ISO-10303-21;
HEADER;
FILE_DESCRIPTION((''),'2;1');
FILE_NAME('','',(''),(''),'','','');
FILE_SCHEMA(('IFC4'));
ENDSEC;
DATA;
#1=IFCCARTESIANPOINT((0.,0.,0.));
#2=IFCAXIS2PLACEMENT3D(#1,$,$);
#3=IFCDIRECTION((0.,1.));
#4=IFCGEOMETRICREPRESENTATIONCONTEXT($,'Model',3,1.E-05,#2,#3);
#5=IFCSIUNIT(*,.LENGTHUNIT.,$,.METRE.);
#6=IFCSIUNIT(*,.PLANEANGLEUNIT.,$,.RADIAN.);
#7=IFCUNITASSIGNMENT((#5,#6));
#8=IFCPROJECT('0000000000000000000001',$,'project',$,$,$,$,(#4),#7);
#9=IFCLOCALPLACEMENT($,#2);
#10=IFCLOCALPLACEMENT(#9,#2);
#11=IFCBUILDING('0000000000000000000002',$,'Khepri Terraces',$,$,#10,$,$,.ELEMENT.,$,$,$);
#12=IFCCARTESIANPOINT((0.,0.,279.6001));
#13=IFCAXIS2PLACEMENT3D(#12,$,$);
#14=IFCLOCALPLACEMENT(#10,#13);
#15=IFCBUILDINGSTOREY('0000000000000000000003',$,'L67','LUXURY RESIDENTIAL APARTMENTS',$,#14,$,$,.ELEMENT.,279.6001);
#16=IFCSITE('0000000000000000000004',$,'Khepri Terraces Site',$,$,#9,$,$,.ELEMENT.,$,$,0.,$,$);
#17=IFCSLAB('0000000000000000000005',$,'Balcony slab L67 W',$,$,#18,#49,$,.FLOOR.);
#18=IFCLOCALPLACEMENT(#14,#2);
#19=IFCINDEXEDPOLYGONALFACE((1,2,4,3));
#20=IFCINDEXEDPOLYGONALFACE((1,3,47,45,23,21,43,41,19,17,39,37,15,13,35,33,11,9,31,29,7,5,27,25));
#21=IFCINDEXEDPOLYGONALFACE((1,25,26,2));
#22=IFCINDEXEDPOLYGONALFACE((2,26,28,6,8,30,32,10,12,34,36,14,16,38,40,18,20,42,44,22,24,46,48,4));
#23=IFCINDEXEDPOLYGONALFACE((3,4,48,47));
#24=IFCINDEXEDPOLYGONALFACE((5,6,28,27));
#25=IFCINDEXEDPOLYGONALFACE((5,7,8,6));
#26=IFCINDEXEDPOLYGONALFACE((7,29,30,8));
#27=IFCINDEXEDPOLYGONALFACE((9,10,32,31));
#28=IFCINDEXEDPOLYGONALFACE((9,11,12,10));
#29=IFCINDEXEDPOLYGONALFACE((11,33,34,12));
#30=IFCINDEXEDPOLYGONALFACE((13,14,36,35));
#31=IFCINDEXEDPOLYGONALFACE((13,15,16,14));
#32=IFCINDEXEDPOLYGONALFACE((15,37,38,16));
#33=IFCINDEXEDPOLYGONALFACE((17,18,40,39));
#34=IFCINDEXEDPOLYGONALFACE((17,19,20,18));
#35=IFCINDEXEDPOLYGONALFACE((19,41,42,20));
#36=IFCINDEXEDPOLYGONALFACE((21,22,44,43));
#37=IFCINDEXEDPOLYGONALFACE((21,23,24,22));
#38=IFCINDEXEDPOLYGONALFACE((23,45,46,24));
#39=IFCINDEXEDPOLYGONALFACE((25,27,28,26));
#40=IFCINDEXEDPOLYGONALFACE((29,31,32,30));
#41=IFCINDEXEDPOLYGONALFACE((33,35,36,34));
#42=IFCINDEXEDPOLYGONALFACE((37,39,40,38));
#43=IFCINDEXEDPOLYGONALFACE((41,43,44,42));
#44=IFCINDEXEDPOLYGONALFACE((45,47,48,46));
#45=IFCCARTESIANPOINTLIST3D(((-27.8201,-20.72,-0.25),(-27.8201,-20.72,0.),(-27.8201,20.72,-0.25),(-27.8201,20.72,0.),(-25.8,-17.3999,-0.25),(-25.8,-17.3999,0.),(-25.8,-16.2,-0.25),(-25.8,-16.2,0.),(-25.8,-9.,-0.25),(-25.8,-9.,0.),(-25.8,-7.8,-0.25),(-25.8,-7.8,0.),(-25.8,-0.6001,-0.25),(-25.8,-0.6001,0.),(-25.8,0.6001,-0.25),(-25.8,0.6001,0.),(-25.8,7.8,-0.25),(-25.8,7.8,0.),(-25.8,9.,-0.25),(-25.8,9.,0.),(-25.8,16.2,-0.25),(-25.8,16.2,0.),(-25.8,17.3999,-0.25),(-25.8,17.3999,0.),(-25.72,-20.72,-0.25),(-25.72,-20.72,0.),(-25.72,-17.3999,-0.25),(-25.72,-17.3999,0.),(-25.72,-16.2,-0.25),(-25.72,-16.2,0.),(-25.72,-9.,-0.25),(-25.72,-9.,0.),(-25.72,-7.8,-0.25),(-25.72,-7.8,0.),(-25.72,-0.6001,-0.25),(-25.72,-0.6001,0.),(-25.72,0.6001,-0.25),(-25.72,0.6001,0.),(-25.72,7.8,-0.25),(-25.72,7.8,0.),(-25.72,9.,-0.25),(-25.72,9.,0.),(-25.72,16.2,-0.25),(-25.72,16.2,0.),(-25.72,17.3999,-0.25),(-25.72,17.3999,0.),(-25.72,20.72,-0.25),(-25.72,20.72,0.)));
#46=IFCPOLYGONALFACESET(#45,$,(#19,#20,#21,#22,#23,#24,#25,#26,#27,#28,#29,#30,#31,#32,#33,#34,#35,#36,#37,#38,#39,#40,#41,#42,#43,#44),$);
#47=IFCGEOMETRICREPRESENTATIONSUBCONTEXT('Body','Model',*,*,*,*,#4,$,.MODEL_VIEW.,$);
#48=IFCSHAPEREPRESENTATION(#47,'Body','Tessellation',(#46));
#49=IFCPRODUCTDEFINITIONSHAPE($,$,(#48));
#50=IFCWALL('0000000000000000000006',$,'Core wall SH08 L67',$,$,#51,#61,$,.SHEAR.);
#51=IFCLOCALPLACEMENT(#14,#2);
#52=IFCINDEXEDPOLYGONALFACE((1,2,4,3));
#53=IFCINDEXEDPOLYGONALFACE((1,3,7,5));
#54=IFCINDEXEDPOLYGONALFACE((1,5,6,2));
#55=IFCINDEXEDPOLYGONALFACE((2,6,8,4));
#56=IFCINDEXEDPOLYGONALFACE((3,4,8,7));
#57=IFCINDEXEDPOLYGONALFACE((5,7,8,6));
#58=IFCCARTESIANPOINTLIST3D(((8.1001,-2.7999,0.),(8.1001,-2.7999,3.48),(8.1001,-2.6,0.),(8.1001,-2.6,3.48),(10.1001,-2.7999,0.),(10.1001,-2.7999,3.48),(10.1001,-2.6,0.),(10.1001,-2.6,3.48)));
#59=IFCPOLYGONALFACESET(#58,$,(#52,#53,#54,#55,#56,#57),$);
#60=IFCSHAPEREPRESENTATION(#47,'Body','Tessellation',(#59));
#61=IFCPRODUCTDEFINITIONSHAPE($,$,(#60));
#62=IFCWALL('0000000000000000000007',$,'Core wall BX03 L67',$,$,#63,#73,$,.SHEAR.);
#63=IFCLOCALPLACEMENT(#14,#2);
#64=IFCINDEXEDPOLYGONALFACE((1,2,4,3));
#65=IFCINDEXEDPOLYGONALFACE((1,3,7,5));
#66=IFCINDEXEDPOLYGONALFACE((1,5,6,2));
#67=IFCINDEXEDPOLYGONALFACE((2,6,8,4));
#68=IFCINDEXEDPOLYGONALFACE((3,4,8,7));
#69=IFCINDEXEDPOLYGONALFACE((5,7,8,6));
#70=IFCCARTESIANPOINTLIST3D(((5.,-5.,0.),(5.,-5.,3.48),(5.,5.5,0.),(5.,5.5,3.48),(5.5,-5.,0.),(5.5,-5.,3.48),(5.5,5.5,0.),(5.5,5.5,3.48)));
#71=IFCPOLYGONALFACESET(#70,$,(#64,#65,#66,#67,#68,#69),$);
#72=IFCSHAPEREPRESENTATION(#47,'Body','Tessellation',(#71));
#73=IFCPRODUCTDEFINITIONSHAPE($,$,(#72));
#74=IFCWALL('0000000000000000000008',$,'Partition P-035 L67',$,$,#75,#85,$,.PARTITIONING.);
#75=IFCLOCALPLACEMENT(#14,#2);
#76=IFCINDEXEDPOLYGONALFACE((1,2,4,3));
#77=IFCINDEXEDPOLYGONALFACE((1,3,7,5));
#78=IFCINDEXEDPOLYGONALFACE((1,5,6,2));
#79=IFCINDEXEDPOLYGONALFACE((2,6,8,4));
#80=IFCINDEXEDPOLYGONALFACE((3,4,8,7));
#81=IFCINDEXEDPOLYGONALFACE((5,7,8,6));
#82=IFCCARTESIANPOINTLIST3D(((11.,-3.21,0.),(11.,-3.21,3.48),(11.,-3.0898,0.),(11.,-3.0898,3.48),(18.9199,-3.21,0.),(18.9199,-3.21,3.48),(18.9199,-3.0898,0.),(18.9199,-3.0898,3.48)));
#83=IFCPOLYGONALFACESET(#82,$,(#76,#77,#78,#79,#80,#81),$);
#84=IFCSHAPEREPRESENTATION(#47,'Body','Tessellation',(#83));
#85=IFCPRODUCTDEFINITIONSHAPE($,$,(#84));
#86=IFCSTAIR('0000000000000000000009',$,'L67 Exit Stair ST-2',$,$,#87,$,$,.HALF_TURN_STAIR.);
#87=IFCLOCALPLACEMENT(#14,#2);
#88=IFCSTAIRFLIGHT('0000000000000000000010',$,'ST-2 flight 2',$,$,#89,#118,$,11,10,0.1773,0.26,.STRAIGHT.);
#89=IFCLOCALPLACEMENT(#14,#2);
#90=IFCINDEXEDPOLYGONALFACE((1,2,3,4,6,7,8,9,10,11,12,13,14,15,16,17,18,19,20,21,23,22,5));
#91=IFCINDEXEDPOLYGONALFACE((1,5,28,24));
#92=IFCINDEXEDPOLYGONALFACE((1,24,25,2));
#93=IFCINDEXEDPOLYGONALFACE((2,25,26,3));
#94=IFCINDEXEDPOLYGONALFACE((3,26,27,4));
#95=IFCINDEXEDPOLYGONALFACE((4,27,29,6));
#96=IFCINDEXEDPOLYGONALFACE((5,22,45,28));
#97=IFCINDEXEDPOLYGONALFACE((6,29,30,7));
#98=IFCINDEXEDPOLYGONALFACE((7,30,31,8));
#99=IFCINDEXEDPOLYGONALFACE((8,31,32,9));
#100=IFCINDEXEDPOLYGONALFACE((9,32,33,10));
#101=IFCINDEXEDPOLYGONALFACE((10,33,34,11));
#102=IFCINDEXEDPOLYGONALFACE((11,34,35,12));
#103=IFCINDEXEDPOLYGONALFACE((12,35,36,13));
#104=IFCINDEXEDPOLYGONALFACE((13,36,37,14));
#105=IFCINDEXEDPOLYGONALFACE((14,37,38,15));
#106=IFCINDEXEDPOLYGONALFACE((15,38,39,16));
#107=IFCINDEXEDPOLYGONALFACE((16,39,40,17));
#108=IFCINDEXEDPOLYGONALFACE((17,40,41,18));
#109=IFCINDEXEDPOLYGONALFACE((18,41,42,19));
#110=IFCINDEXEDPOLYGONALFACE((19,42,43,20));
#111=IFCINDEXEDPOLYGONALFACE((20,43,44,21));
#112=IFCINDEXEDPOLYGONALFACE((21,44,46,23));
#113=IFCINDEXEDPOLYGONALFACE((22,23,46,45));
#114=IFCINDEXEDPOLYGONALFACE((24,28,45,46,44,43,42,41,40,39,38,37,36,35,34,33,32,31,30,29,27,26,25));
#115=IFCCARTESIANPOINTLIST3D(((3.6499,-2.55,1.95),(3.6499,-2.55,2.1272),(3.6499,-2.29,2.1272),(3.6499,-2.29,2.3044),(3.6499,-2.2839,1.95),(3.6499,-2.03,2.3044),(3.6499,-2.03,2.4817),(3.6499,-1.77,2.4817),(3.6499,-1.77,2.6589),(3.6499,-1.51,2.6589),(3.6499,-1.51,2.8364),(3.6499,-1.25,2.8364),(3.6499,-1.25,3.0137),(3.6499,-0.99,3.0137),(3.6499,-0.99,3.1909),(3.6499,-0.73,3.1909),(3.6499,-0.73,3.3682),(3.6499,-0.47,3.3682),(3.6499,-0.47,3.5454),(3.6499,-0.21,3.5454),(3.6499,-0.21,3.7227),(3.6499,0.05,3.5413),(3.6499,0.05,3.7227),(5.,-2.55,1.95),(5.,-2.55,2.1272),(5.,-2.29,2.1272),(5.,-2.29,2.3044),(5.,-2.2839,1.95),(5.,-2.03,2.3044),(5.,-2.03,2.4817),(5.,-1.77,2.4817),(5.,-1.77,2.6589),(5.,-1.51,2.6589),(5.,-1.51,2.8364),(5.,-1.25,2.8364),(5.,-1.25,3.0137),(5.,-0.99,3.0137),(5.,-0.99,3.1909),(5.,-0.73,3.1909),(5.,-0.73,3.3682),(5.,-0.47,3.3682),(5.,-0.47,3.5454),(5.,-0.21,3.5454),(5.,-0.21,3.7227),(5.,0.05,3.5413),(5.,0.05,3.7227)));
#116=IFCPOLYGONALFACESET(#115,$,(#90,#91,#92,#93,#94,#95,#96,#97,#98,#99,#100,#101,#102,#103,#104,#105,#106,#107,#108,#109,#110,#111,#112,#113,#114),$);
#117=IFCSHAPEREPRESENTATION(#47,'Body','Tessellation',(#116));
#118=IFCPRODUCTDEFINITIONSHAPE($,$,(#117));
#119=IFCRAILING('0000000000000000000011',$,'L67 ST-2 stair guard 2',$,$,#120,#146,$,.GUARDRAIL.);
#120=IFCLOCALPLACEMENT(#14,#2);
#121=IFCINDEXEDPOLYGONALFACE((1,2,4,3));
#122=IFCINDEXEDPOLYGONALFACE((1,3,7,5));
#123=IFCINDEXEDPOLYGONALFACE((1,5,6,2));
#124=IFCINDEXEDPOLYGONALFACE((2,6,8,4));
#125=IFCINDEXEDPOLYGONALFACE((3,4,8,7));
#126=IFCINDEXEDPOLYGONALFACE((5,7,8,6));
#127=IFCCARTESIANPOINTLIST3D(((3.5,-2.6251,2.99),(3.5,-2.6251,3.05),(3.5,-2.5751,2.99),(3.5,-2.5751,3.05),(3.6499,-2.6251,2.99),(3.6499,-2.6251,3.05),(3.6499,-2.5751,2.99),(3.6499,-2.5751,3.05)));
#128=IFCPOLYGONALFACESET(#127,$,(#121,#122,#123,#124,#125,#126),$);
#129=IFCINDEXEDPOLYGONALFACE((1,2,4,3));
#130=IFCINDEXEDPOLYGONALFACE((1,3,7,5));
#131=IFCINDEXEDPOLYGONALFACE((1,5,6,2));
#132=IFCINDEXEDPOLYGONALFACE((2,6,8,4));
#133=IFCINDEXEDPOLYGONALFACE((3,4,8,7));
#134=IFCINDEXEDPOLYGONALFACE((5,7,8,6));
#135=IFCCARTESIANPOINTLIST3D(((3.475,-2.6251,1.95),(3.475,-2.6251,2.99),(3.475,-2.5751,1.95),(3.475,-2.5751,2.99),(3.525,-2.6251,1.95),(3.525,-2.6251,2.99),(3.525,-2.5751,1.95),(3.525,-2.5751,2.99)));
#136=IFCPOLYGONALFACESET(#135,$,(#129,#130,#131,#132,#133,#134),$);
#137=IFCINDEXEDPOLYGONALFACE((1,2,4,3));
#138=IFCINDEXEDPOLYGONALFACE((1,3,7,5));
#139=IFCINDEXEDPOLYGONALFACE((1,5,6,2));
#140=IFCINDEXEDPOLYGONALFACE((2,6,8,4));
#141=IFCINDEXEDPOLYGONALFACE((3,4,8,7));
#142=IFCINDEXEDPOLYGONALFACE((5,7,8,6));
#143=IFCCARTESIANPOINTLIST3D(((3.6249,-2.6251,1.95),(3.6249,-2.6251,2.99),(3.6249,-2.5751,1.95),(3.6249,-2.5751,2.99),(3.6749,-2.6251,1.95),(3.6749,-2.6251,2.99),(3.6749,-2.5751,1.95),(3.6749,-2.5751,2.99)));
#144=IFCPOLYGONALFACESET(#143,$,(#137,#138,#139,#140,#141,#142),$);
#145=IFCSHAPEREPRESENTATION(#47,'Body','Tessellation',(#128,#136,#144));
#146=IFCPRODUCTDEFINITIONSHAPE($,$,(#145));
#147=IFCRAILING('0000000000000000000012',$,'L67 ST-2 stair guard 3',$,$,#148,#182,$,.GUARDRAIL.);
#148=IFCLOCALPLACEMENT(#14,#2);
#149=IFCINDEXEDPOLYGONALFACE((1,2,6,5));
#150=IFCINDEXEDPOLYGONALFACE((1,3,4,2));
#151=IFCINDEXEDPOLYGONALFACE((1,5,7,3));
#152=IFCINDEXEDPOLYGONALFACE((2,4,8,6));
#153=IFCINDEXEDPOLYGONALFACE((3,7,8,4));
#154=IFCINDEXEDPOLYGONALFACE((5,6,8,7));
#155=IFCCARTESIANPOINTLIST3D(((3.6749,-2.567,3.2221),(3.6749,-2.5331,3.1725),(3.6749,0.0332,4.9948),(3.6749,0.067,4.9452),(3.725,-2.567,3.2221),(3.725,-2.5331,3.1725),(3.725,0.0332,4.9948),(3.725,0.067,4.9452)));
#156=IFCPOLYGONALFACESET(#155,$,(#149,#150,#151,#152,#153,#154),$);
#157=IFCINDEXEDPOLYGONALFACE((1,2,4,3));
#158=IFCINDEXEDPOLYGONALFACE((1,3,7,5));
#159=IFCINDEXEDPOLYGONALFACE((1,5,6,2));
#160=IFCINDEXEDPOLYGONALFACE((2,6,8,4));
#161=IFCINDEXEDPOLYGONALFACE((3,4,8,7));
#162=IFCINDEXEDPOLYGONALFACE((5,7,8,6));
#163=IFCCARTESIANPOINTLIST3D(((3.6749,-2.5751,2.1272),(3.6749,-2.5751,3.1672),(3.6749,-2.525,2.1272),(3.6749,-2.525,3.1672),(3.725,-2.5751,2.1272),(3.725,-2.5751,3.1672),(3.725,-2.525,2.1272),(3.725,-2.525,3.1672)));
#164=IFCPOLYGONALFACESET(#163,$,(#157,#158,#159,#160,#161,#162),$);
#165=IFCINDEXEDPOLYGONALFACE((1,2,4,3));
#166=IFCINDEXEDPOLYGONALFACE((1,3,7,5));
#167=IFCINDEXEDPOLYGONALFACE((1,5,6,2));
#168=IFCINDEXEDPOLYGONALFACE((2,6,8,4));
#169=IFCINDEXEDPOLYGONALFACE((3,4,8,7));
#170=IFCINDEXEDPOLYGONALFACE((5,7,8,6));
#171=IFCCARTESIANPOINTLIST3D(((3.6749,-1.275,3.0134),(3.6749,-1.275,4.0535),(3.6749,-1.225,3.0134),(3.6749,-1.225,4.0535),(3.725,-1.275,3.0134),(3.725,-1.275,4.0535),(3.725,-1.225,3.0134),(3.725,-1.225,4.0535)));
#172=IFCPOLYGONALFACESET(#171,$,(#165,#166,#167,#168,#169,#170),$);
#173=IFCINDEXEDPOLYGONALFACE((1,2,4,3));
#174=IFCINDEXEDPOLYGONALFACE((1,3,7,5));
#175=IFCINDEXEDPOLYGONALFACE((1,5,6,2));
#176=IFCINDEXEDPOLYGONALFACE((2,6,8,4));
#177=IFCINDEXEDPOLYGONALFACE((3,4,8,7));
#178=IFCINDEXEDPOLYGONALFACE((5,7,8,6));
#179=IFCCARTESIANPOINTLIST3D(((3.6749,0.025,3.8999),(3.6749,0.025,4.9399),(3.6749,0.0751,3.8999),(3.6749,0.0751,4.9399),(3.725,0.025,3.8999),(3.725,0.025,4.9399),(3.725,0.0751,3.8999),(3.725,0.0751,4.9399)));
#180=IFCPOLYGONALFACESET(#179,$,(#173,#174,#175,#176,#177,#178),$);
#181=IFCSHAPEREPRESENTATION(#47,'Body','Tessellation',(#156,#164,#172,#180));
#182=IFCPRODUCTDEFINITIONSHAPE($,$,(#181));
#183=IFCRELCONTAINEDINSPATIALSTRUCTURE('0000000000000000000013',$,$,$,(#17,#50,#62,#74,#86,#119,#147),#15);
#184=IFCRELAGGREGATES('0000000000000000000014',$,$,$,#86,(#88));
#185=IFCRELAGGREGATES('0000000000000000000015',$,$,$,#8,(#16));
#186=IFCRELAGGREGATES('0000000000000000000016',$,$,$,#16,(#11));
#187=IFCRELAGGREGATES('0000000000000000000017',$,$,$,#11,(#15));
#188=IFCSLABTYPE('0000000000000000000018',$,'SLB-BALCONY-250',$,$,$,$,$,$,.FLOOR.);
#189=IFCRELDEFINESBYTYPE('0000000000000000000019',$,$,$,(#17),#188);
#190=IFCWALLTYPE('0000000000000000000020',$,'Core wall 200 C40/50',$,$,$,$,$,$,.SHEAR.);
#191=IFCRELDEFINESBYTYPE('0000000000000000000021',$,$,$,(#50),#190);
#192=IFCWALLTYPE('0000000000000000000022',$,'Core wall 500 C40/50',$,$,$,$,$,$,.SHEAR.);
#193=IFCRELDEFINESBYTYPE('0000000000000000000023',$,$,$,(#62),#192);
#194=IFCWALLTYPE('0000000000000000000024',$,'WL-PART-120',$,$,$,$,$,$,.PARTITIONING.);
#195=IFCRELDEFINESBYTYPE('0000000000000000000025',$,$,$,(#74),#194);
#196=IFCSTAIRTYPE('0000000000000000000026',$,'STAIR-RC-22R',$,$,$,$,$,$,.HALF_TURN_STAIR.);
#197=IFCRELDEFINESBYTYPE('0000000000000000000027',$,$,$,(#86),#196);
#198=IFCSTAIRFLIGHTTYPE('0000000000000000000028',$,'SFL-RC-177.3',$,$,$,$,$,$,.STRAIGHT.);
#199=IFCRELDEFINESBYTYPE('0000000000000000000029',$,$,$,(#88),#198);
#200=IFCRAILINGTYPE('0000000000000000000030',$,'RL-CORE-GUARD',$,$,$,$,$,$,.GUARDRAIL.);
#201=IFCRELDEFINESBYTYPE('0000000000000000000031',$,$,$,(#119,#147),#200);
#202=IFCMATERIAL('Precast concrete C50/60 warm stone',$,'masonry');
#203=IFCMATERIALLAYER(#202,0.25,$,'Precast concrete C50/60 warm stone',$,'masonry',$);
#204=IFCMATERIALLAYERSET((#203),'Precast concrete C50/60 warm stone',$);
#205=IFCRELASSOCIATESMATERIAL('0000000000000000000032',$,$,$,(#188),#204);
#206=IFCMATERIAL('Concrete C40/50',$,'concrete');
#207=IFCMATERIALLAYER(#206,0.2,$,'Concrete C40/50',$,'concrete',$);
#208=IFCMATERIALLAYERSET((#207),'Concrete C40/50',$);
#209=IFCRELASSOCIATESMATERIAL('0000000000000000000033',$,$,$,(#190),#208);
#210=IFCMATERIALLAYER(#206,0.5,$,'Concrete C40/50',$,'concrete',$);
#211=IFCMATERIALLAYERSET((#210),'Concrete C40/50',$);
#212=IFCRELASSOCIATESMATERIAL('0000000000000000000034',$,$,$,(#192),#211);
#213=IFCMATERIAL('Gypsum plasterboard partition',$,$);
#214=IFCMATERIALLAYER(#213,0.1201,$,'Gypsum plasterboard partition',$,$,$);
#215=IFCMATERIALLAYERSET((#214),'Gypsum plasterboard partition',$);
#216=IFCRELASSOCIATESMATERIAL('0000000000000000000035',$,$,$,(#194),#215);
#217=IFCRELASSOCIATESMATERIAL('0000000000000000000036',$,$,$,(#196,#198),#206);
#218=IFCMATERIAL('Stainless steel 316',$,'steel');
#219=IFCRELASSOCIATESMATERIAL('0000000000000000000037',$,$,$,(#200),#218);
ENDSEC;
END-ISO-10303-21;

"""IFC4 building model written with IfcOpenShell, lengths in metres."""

from ifc_helpers import new_model, si_unit, direction, frame, frame_2d, origin, origin_2d, place, context, subcontext, project, spatial, polyline, rectangle, outline, extrude, material, layer, layer_set, type_object, element, aggregate, save


model = new_model("IFC4")

# Units and contexts
model_context = context("Model", 3, precision=1e-05, world=origin(), true_north=direction((0.0, 1.0)))
body_context = subcontext(model_context, "Body", "Model", "MODEL_VIEW")
ifc_project = project(units=[si_unit("LENGTHUNIT", "METRE"), si_unit("PLANEANGLEUNIT", "RADIAN")], contexts=[model_context])

# Site, building, storey
site_placement = place(None, origin())
site = spatial("IfcSite", under=ifc_project, at=site_placement, Name="Khepri Terraces Site", CompositionType="ELEMENT", RefElevation=0.0)
building_placement = place(site_placement, origin())
building = spatial("IfcBuilding", under=site, at=building_placement, Name="Khepri Terraces", CompositionType="ELEMENT")
storey_placement = place(building_placement, frame((0.0, 0.0, 279.6001)))
storey = spatial("IfcBuildingStorey", under=building, at=storey_placement, Name="L67", Description="LUXURY RESIDENTIAL APARTMENTS", CompositionType="ELEMENT", Elevation=279.6001)

# Slab
ifc_material_1 = material(Name="Concrete C40/50", Category="concrete")
ifc_material_2 = material(Name="Precast concrete C50/60 warm stone", Category="masonry")
ifc_layer_1 = layer(ifc_material_2, 0.25, Name="Precast concrete C50/60 warm stone", Category="masonry")
ifc_layer_set_1 = layer_set([ifc_layer_1], Name="Precast concrete C50/60 warm stone")
slab_type_1 = type_object("IfcSlabType", Name="SLB-BALCONY-250", PredefinedType="FLOOR", material=ifc_layer_set_1)
slab_1_placement = place(storey_placement, frame((0.0, 0.0, -0.25)))
element("IfcSlab", 1, at=slab_1_placement, inside=storey, type_object=slab_type_1, Name="Balcony slab L67 W", PredefinedType="FLOOR", context=body_context, shape_type="SweptSolid", body=[
    extrude(outline(polyline([(-25.72, 17.3999), (-25.72, 20.72), (-27.8201, 20.72), (-27.8201, -20.72), (-25.72, -20.72), (-25.72, -17.3999), (-25.8, -17.3999), (-25.8, -16.2), (-25.72, -16.2), (-25.72, -9.0), (-25.8, -9.0), (-25.8, -7.8), (-25.72, -7.8), (-25.72, -0.6001), (-25.8, -0.6001), (-25.8, 0.6001), (-25.72, 0.6001), (-25.72, 7.8), (-25.8, 7.8), (-25.8, 9.0), (-25.72, 9.0), (-25.72, 16.2), (-25.8, 16.2), (-25.8, 17.3999), (-25.72, 17.3999)])), origin(), (0.0, 0.0, 1.0), 0.25),
])

# Walls
ifc_layer_2 = layer(ifc_material_1, 0.2, Name="Concrete C40/50", Category="concrete")
ifc_layer_set_2 = layer_set([ifc_layer_2], Name="Concrete C40/50")
wall_type_1 = type_object("IfcWallType", Name="Core wall 200 C40/50", PredefinedType="SHEAR", material=ifc_layer_set_2)
wall_1_placement = place(storey_placement, frame((8.1001, -2.7, 0.0), z_axis=(0.0, 0.0, 1.0), x_axis=(1.0, 0.0, 0.0)))
element("IfcWall", 2, at=wall_1_placement, inside=storey, type_object=wall_type_1, Name="Core wall SH08 L67", PredefinedType="SHEAR", context=body_context, shape_type="SweptSolid", body=[
    extrude(rectangle(XDim=2.0, YDim=0.2, at=frame_2d((1.0, 0.0))), origin(), (0.0, 0.0, 1.0), 3.48),
])
ifc_layer_3 = layer(ifc_material_1, 0.5, Name="Concrete C40/50", Category="concrete")
ifc_layer_set_3 = layer_set([ifc_layer_3], Name="Concrete C40/50")
wall_type_2 = type_object("IfcWallType", Name="Core wall 500 C40/50", PredefinedType="SHEAR", material=ifc_layer_set_3)
wall_2_placement = place(storey_placement, frame((5.25, -5.0, 0.0), z_axis=(0.0, 0.0, 1.0), x_axis=(0.0, 1.0, 0.0)))
element("IfcWall", 3, at=wall_2_placement, inside=storey, type_object=wall_type_2, Name="Core wall BX03 L67", PredefinedType="SHEAR", context=body_context, shape_type="SweptSolid", body=[
    extrude(rectangle(XDim=10.5, YDim=0.5, at=frame_2d((5.25, 0.0))), origin(), (0.0, 0.0, 1.0), 3.48),
])
ifc_material_3 = material(Name="Gypsum plasterboard partition")
ifc_layer_4 = layer(ifc_material_3, 0.1201, Name="Gypsum plasterboard partition")
ifc_layer_set_4 = layer_set([ifc_layer_4], Name="Gypsum plasterboard partition")
wall_type_3 = type_object("IfcWallType", Name="WL-PART-120", PredefinedType="PARTITIONING", material=ifc_layer_set_4)
wall_3_placement = place(storey_placement, frame((11.0, -3.1499, 0.0), z_axis=(0.0, 0.0, 1.0), x_axis=(1.0, 0.0, 0.0)))
element("IfcWall", 4, at=wall_3_placement, inside=storey, type_object=wall_type_3, Name="Partition P-035 L67", PredefinedType="PARTITIONING", context=body_context, shape_type="SweptSolid", body=[
    extrude(rectangle(XDim=7.9199, YDim=0.1201, at=frame_2d((3.96, 0.0))), origin(), (0.0, 0.0, 1.0), 3.48),
])

# Stair, stair flight
stair_type = type_object("IfcStairType", Name="STAIR-RC-22R", PredefinedType="HALF_TURN_STAIR", material=ifc_material_1)
stair_placement = place(storey_placement, origin())
stair = element("IfcStair", 5, at=stair_placement, inside=storey, type_object=stair_type, Name="L67 Exit Stair ST-2", PredefinedType="HALF_TURN_STAIR")
stair_flight_type = type_object("IfcStairFlightType", Name="SFL-RC-177.3", PredefinedType="STRAIGHT", material=ifc_material_1)
stair_flight_placement = place(storey_placement, frame((4.325, -2.55, 1.95), z_axis=(0.0, 0.0, 1.0), x_axis=(0.0, 1.0, 0.0)))
stair_flight = element("IfcStairFlight", 6, at=stair_flight_placement, type_object=stair_flight_type, Name="ST-2 flight 2", NumberOfRisers=11, NumberOfTreads=10, PredefinedType="STRAIGHT", RiserHeight=0.1773, TreadLength=0.26, context=body_context, shape_type="SweptSolid", body=[
    extrude(outline(polyline([(0.0, 0.0), (0.0, 0.1772), (0.26, 0.1772), (0.26, 0.3545), (0.52, 0.3545), (0.52, 0.5317), (0.78, 0.5317), (0.78, 0.709), (1.04, 0.709), (1.04, 0.8865), (1.3, 0.8865), (1.3, 1.0637), (1.5601, 1.0637), (1.5601, 1.241), (1.8201, 1.241), (1.8201, 1.4182), (2.0801, 1.4182), (2.0801, 1.5955), (2.3401, 1.5955), (2.3401, 1.7727), (2.6001, 1.7727), (2.6001, 1.95), (2.6001, 1.5913), (0.2661, 0.0), (0.0, 0.0)])), frame((0.0, 0.675, 0.0), z_axis=(0.0, -1.0, 0.0), x_axis=(1.0, 0.0, 0.0)), (0.0, 0.0, 1.0), 1.3501),
])
aggregate(stair, [stair_flight])

# Railings
ifc_material_4 = material(Name="Stainless steel 316", Category="steel")
railing_type_1 = type_object("IfcRailingType", Name="RL-CORE-GUARD", PredefinedType="GUARDRAIL", material=ifc_material_4)
railing_1_placement = place(storey_placement, frame((3.5, -2.6001, 1.95)))
element("IfcRailing", 7, at=railing_1_placement, inside=storey, type_object=railing_type_1, Name="L67 ST-2 stair guard 2", PredefinedType="GUARDRAIL", context=body_context, shape_type="SweptSolid", body=[
    extrude(rectangle(XDim=0.05, YDim=0.0601, at=origin_2d()), frame((0.0, 0.0, 1.0701), z_axis=(1.0, 0.0, 0.0), x_axis=(0.0, 1.0, 0.0)), (0.0, 0.0, 1.0), 0.1499),
    extrude(rectangle(XDim=0.05, YDim=0.05, at=origin_2d()), origin(), (0.0, 0.0, 1.0), 1.04),
    extrude(rectangle(XDim=0.05, YDim=0.05, at=origin_2d()), frame((0.1499, 0.0, 0.0)), (0.0, 0.0, 1.0), 1.04),
])
railing_2_placement = place(storey_placement, frame((3.7, -2.55, 2.1272)))
element("IfcRailing", 8, at=railing_2_placement, inside=storey, type_object=railing_type_1, Name="L67 ST-2 stair guard 3", PredefinedType="GUARDRAIL", context=body_context, shape_type="SweptSolid", body=[
    extrude(rectangle(XDim=0.05, YDim=0.0601, at=origin_2d()), frame((0.0, 0.0, 1.0701), z_axis=(0.0, 0.82624, 0.563318), x_axis=(-1.0, 0.0, 0.0)), (0.0, 0.0, 1.0), 3.147),
    extrude(rectangle(XDim=0.05, YDim=0.05, at=origin_2d()), origin(), (0.0, 0.0, 1.0), 1.04),
    extrude(rectangle(XDim=0.05, YDim=0.05, at=origin_2d()), frame((0.0, 1.3, 0.8862)), (0.0, 0.0, 1.0), 1.04),
    extrude(rectangle(XDim=0.05, YDim=0.05, at=origin_2d()), frame((0.0, 2.6001, 1.7727)), (0.0, 0.0, 1.0), 1.04),
])

save(model, "model.ifc")
